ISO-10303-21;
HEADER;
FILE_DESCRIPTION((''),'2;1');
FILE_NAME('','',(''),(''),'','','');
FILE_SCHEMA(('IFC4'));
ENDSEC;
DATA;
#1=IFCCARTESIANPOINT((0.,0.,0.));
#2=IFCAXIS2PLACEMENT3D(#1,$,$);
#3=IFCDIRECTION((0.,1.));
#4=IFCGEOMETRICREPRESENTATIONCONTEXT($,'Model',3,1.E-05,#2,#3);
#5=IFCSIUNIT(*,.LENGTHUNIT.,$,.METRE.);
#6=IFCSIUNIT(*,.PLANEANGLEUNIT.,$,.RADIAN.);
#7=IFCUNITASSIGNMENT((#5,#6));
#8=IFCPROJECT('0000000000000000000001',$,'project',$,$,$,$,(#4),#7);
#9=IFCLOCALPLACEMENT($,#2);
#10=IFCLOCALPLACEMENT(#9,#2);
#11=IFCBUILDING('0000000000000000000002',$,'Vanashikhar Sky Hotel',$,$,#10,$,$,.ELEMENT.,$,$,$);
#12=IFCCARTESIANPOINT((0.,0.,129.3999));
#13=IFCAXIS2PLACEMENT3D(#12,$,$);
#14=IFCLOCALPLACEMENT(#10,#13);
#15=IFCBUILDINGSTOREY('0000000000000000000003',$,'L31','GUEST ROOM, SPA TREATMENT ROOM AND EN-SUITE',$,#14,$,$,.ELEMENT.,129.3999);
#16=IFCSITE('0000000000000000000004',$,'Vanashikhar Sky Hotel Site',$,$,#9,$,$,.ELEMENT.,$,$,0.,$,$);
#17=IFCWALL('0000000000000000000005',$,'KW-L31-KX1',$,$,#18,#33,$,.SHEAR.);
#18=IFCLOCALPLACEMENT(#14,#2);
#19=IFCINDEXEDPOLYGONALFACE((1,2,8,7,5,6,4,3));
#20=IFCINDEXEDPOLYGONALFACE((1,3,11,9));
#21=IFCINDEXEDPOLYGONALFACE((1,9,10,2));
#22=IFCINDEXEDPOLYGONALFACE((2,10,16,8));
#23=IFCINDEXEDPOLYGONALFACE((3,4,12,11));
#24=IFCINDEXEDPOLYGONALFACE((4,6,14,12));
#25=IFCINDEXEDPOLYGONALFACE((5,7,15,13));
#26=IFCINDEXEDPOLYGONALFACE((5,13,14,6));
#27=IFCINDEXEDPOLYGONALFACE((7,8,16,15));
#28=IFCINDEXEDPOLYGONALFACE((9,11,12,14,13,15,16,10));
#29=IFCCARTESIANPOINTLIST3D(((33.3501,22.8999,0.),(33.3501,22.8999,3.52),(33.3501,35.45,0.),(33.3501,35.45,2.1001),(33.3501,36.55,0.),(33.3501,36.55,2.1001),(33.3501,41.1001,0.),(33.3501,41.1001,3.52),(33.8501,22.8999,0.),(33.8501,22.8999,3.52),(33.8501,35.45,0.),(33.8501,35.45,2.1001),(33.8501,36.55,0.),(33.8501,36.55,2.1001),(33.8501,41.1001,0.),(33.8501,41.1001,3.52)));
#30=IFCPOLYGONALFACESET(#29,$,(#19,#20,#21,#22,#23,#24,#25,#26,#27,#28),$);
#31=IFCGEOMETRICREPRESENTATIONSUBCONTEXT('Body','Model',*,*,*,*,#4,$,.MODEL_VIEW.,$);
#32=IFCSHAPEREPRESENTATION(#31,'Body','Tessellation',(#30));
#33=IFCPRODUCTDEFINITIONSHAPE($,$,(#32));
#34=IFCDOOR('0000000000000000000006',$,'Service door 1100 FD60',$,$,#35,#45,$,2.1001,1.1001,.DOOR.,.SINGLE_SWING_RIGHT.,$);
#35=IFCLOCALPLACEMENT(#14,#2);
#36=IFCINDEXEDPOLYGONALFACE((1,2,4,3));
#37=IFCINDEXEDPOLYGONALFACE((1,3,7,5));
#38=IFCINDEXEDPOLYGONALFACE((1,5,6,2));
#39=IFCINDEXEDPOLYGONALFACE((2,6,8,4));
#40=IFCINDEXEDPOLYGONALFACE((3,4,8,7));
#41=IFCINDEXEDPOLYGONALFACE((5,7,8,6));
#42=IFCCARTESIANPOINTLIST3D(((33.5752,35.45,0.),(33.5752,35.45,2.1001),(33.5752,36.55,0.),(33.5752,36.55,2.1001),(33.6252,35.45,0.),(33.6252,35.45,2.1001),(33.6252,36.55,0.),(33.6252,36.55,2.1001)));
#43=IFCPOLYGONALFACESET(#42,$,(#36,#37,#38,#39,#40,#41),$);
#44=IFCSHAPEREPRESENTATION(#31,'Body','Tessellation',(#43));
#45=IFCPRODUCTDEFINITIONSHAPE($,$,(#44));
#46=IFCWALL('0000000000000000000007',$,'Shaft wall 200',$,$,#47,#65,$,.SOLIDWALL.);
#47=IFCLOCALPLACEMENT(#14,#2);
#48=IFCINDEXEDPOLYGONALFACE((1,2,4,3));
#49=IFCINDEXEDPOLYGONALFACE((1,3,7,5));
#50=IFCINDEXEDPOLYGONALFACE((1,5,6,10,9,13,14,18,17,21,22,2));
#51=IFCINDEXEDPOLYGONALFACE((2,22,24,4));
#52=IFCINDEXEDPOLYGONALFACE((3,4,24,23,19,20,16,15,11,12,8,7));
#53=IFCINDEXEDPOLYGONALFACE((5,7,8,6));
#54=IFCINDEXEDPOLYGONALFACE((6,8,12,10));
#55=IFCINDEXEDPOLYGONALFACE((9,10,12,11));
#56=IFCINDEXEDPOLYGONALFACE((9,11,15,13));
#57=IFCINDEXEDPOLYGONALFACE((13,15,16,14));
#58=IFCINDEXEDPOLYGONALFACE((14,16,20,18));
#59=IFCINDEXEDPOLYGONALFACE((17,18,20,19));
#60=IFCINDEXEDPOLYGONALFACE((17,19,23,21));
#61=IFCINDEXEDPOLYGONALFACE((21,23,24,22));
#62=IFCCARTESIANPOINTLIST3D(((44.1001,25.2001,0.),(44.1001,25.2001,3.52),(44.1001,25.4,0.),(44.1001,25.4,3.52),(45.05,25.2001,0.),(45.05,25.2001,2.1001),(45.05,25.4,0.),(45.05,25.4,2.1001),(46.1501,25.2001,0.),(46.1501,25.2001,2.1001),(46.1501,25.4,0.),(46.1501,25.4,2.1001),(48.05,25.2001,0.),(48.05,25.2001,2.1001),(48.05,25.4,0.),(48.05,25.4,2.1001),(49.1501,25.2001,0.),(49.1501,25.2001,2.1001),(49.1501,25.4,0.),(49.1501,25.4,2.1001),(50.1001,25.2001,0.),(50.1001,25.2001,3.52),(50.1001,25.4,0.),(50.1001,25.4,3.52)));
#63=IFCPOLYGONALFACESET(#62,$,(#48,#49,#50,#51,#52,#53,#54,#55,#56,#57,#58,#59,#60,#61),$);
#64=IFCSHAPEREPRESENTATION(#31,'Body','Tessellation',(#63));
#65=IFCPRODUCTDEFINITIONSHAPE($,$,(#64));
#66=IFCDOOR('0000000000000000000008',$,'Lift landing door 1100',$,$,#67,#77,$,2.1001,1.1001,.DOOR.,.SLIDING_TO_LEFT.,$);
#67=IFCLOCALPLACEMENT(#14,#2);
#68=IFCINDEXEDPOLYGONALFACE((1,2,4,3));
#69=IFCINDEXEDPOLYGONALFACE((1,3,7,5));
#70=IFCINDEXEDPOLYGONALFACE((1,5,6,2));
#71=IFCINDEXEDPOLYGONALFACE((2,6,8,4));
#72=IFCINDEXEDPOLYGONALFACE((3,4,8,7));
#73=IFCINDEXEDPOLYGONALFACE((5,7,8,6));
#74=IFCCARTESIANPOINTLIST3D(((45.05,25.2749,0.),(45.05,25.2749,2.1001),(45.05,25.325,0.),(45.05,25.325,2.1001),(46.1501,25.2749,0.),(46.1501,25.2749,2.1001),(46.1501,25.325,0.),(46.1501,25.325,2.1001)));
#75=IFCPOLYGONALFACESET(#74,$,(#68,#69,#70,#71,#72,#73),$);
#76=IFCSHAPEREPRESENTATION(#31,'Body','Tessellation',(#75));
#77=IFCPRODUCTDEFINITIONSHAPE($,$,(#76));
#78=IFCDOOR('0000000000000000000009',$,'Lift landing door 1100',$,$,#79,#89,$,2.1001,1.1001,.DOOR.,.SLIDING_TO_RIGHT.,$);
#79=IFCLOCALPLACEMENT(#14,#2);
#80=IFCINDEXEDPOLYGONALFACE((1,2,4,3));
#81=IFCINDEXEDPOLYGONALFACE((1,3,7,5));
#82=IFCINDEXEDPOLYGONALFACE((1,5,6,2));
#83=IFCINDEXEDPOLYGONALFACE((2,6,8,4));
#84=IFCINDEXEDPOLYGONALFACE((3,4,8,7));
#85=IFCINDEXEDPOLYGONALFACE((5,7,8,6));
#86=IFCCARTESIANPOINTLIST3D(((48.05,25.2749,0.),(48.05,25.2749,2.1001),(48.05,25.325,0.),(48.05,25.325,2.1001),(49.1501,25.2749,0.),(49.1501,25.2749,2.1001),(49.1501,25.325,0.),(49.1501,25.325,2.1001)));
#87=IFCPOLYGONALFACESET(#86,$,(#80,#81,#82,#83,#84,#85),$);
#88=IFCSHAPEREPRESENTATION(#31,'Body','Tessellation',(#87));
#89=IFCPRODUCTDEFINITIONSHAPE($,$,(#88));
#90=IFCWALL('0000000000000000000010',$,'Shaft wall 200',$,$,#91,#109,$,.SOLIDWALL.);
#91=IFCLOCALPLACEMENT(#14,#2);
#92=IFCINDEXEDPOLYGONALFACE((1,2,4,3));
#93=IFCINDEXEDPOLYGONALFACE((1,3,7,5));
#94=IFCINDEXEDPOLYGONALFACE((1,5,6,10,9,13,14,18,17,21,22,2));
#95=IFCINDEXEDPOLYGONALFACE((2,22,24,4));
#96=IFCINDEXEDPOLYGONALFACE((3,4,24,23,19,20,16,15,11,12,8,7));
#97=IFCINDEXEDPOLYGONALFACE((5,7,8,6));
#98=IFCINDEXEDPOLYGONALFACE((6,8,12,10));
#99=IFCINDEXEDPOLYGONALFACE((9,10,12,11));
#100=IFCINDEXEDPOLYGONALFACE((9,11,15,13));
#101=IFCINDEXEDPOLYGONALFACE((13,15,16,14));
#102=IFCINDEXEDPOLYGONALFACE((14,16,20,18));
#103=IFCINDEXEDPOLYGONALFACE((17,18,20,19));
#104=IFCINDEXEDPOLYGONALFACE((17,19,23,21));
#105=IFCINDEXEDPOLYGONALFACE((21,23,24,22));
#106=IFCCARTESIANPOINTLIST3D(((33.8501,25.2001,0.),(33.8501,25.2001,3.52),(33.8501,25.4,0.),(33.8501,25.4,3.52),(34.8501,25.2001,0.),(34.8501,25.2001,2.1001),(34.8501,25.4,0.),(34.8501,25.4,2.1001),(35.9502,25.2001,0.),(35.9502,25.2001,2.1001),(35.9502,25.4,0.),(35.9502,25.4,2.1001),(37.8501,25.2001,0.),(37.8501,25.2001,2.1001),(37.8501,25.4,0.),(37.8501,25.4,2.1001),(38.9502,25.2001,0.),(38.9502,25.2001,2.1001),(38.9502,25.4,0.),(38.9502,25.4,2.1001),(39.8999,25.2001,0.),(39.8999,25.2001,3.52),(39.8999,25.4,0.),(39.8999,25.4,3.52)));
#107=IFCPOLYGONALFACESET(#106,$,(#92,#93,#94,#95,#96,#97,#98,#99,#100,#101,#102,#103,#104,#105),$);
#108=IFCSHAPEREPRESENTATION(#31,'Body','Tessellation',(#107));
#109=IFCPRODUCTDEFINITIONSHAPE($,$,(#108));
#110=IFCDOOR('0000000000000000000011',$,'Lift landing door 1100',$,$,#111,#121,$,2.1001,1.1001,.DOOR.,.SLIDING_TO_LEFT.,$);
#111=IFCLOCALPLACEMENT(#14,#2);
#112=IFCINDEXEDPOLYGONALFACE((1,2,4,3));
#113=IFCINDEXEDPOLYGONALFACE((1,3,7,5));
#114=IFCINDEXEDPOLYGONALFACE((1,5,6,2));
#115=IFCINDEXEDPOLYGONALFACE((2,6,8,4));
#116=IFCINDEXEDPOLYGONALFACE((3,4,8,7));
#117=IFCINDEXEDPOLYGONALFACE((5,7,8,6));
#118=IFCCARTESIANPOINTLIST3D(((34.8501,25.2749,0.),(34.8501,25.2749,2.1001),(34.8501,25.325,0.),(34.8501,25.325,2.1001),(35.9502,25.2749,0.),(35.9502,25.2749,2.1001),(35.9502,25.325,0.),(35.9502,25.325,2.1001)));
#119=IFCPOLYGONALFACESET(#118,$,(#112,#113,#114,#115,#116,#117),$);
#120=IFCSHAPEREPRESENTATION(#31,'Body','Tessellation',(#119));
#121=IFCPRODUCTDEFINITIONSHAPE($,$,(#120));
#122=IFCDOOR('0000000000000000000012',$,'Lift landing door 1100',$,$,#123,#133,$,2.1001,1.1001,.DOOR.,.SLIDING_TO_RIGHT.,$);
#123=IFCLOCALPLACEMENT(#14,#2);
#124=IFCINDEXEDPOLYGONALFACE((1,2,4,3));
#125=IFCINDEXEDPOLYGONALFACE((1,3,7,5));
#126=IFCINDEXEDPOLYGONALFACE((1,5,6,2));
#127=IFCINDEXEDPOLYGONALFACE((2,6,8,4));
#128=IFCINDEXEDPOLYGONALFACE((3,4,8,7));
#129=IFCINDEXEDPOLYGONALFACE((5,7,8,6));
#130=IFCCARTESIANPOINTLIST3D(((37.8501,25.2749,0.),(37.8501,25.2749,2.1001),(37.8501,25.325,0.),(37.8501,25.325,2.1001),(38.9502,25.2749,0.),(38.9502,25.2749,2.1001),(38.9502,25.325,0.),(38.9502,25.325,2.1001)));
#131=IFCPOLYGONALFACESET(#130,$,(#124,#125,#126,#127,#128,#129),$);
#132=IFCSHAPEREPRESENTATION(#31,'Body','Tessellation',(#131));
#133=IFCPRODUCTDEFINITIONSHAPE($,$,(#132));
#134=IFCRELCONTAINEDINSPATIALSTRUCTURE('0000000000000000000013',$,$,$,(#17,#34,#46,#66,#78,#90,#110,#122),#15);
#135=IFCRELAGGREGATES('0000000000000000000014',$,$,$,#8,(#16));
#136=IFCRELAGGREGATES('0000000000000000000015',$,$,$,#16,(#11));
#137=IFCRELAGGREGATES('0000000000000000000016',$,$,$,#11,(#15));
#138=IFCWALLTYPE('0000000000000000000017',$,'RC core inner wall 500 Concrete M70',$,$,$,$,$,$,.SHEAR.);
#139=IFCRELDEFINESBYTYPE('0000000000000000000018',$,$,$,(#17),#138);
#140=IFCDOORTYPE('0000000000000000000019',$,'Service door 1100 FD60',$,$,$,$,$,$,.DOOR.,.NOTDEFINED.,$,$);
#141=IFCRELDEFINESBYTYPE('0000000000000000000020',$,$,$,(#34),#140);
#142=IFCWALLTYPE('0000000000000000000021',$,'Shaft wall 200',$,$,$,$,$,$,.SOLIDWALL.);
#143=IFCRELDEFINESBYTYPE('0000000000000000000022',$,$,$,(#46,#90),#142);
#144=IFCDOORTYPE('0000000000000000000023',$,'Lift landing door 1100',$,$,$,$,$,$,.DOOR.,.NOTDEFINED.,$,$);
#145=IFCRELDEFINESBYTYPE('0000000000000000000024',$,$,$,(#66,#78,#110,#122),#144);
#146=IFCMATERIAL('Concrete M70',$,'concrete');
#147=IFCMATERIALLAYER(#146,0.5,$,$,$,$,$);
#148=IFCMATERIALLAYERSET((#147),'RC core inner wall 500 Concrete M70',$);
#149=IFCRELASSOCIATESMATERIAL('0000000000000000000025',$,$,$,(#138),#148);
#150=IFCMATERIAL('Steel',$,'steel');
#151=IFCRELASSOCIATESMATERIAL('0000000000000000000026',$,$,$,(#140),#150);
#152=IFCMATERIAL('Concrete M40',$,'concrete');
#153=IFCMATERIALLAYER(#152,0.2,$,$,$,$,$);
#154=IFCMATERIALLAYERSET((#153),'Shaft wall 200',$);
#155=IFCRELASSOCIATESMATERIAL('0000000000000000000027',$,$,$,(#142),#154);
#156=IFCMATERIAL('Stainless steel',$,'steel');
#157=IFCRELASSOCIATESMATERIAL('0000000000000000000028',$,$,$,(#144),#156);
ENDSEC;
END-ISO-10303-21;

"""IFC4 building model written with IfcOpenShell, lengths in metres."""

from ifc_helpers import new_model, si_unit, direction, frame, frame_2d, origin, place, context, subcontext, project, spatial, rectangle, extrude, source, transform, mapped, material, layer, layer_set, type_object, element, fill, save


model = new_model("IFC4")

# Units and contexts
model_context = context("Model", 3, precision=1e-05, world=origin(), true_north=direction((0.0, 1.0)))
body_context = subcontext(model_context, "Body", "Model", "MODEL_VIEW")
ifc_project = project(units=[si_unit("LENGTHUNIT", "METRE"), si_unit("PLANEANGLEUNIT", "RADIAN")], contexts=[model_context])

# Site, building, storey
site_placement = place(None, origin())
site = spatial("IfcSite", under=ifc_project, at=site_placement, Name="Vanashikhar Sky Hotel Site", CompositionType="ELEMENT", RefElevation=0.0)
building_placement = place(site_placement, origin())
building = spatial("IfcBuilding", under=site, at=building_placement, Name="Vanashikhar Sky Hotel", CompositionType="ELEMENT")
storey_placement = place(building_placement, frame((0.0, 0.0, 129.3999)))
storey = spatial("IfcBuildingStorey", under=building, at=storey_placement, Name="L31", Description="GUEST ROOM, SPA TREATMENT ROOM AND EN-SUITE", CompositionType="ELEMENT", Elevation=129.3999)

# Wall, opening, door
ifc_material_1 = material(Name="Concrete M70", Category="concrete")
ifc_layer_1 = layer(ifc_material_1, 0.5)
ifc_layer_set_1 = layer_set([ifc_layer_1], Name="RC core inner wall 500 Concrete M70")
wall_type_1 = type_object("IfcWallType", Name="RC core inner wall 500 Concrete M70", PredefinedType="SHEAR", material=ifc_layer_set_1)
shared_shape_1 = source(origin(), body_context, "Body", "SweptSolid", [
    extrude(rectangle(XDim=18.2002, YDim=0.5, at=frame_2d((9.1001, 0.0))), origin(), (0.0, 0.0, 1.0), 3.52),
])
wall_1_placement = place(storey_placement, frame((33.6001, 22.8999, 0.0), z_axis=(0.0, 0.0, 1.0), x_axis=(0.0, 1.0, 0.0)))
wall_1 = element("IfcWall", 1, at=wall_1_placement, inside=storey, type_object=wall_type_1, Name="KW-L31-KX1", PredefinedType="SHEAR", context=body_context, shape_type="MappedRepresentation", body=[
    mapped(shared_shape_1, transform((0.0, 0.0, 0.0), scale=1.0)),
])
shared_shape_2 = source(origin(), body_context, "Body", "SweptSolid", [
    extrude(rectangle(XDim=1.1001, YDim=2.1001, at=frame_2d((0.55, 1.05))), frame((0.0, 0.26, 0.0), z_axis=(0.0, -1.0, 0.0), x_axis=(1.0, 0.0, 0.0)), (0.0, 0.0, 1.0), 0.52),
])
opening_1_placement = place(wall_1_placement, frame((12.55, 0.0, 0.0)))
opening_1 = element("IfcOpeningElement", 2, at=opening_1_placement, cuts=wall_1, PredefinedType="OPENING", context=body_context, shape_type="MappedRepresentation", body=[
    mapped(shared_shape_2, transform((0.0, 0.0, 0.0), scale=1.0)),
])
ifc_material_2 = material(Name="Steel", Category="steel")
door_type_1 = type_object("IfcDoorType", Name="Service door 1100 FD60", OperationType="NOTDEFINED", PredefinedType="DOOR", material=ifc_material_2)
shared_shape_3 = source(origin(), body_context, "Body", "SweptSolid", [
    extrude(rectangle(XDim=1.1001, YDim=2.1001, at=frame_2d((0.55, 1.05))), frame((0.0, 0.0249, 0.0), z_axis=(0.0, -1.0, 0.0), x_axis=(1.0, 0.0, 0.0)), (0.0, 0.0, 1.0), 0.05),
])
door_1_placement = place(opening_1_placement, origin())
door_1 = element("IfcDoor", 3, at=door_1_placement, inside=storey, type_object=door_type_1, Name="Service door 1100 FD60", OperationType="SINGLE_SWING_RIGHT", OverallHeight=2.1001, OverallWidth=1.1001, PredefinedType="DOOR", context=body_context, shape_type="MappedRepresentation", body=[
    mapped(shared_shape_3, transform((0.0, 0.0, 0.0), scale=1.0)),
])
fill(opening_1, door_1)

# Walls, openings, doors
ifc_material_3 = material(Name="Concrete M40", Category="concrete")
ifc_layer_2 = layer(ifc_material_3, 0.2)
ifc_layer_set_2 = layer_set([ifc_layer_2], Name="Shaft wall 200")
wall_type_2 = type_object("IfcWallType", Name="Shaft wall 200", PredefinedType="SOLIDWALL", material=ifc_layer_set_2)
shared_shape_4 = source(origin(), body_context, "Body", "SweptSolid", [
    extrude(rectangle(XDim=6.0, YDim=0.2, at=frame_2d((3.0, 0.0))), origin(), (0.0, 0.0, 1.0), 3.52),
])
wall_2_placement = place(storey_placement, frame((44.1001, 25.3, 0.0), z_axis=(0.0, 0.0, 1.0), x_axis=(1.0, 0.0, 0.0)))
wall_2 = element("IfcWall", 4, at=wall_2_placement, inside=storey, type_object=wall_type_2, Name="Shaft wall 200", PredefinedType="SOLIDWALL", context=body_context, shape_type="MappedRepresentation", body=[
    mapped(shared_shape_4, transform((0.0, 0.0, 0.0), scale=1.0)),
])
shared_shape_5 = source(origin(), body_context, "Body", "SweptSolid", [
    extrude(rectangle(XDim=1.1001, YDim=2.1001, at=frame_2d((0.55, 1.05))), frame((0.0, 0.1099, 0.0), z_axis=(0.0, -1.0, 0.0), x_axis=(1.0, 0.0, 0.0)), (0.0, 0.0, 1.0), 0.22),
])
opening_2_placement = place(wall_2_placement, frame((0.95, 0.0, 0.0)))
opening_2 = element("IfcOpeningElement", 5, at=opening_2_placement, cuts=wall_2, PredefinedType="OPENING", context=body_context, shape_type="MappedRepresentation", body=[
    mapped(shared_shape_5, transform((0.0, 0.0, 0.0), scale=1.0)),
])
opening_3_placement = place(wall_2_placement, frame((3.95, 0.0, 0.0)))
opening_3 = element("IfcOpeningElement", 6, at=opening_3_placement, cuts=wall_2, PredefinedType="OPENING", context=body_context, shape_type="MappedRepresentation", body=[
    mapped(shared_shape_5, transform((0.0, 0.0, 0.0), scale=1.0)),
])
ifc_material_4 = material(Name="Stainless steel", Category="steel")
door_type_2 = type_object("IfcDoorType", Name="Lift landing door 1100", OperationType="NOTDEFINED", PredefinedType="DOOR", material=ifc_material_4)
door_2_placement = place(opening_2_placement, origin())
door_2 = element("IfcDoor", 7, at=door_2_placement, inside=storey, type_object=door_type_2, Name="Lift landing door 1100", OperationType="SLIDING_TO_LEFT", OverallHeight=2.1001, OverallWidth=1.1001, PredefinedType="DOOR", context=body_context, shape_type="MappedRepresentation", body=[
    mapped(shared_shape_3, transform((0.0, 0.0, 0.0), scale=1.0)),
])
fill(opening_2, door_2)
door_3_placement = place(opening_3_placement, origin())
door_3 = element("IfcDoor", 8, at=door_3_placement, inside=storey, type_object=door_type_2, Name="Lift landing door 1100", OperationType="SLIDING_TO_RIGHT", OverallHeight=2.1001, OverallWidth=1.1001, PredefinedType="DOOR", context=body_context, shape_type="MappedRepresentation", body=[
    mapped(shared_shape_3, transform((0.0, 0.0, 0.0), scale=1.0)),
])
fill(opening_3, door_3)
shared_shape_6 = source(origin(), body_context, "Body", "SweptSolid", [
    extrude(rectangle(XDim=6.0498, YDim=0.2, at=frame_2d((3.0249, 0.0))), origin(), (0.0, 0.0, 1.0), 3.52),
])
wall_3_placement = place(storey_placement, frame((33.8501, 25.3, 0.0), z_axis=(0.0, 0.0, 1.0), x_axis=(1.0, 0.0, 0.0)))
wall_3 = element("IfcWall", 9, at=wall_3_placement, inside=storey, type_object=wall_type_2, Name="Shaft wall 200", PredefinedType="SOLIDWALL", context=body_context, shape_type="MappedRepresentation", body=[
    mapped(shared_shape_6, transform((0.0, 0.0, 0.0), scale=1.0)),
])
opening_4_placement = place(wall_3_placement, frame((1.0, 0.0, 0.0)))
opening_4 = element("IfcOpeningElement", 10, at=opening_4_placement, cuts=wall_3, PredefinedType="OPENING", context=body_context, shape_type="MappedRepresentation", body=[
    mapped(shared_shape_5, transform((0.0, 0.0, 0.0), scale=1.0)),
])
opening_5_placement = place(wall_3_placement, frame((4.0, 0.0, 0.0)))
opening_5 = element("IfcOpeningElement", 11, at=opening_5_placement, cuts=wall_3, PredefinedType="OPENING", context=body_context, shape_type="MappedRepresentation", body=[
    mapped(shared_shape_5, transform((0.0, 0.0, 0.0), scale=1.0)),
])
door_4_placement = place(opening_4_placement, origin())
door_4 = element("IfcDoor", 12, at=door_4_placement, inside=storey, type_object=door_type_2, Name="Lift landing door 1100", OperationType="SLIDING_TO_LEFT", OverallHeight=2.1001, OverallWidth=1.1001, PredefinedType="DOOR", context=body_context, shape_type="MappedRepresentation", body=[
    mapped(shared_shape_3, transform((0.0, 0.0, 0.0), scale=1.0)),
])
fill(opening_4, door_4)
door_5_placement = place(opening_5_placement, origin())
door_5 = element("IfcDoor", 13, at=door_5_placement, inside=storey, type_object=door_type_2, Name="Lift landing door 1100", OperationType="SLIDING_TO_RIGHT", OverallHeight=2.1001, OverallWidth=1.1001, PredefinedType="DOOR", context=body_context, shape_type="MappedRepresentation", body=[
    mapped(shared_shape_3, transform((0.0, 0.0, 0.0), scale=1.0)),
])
fill(opening_5, door_5)

save(model, "model.ifc")
